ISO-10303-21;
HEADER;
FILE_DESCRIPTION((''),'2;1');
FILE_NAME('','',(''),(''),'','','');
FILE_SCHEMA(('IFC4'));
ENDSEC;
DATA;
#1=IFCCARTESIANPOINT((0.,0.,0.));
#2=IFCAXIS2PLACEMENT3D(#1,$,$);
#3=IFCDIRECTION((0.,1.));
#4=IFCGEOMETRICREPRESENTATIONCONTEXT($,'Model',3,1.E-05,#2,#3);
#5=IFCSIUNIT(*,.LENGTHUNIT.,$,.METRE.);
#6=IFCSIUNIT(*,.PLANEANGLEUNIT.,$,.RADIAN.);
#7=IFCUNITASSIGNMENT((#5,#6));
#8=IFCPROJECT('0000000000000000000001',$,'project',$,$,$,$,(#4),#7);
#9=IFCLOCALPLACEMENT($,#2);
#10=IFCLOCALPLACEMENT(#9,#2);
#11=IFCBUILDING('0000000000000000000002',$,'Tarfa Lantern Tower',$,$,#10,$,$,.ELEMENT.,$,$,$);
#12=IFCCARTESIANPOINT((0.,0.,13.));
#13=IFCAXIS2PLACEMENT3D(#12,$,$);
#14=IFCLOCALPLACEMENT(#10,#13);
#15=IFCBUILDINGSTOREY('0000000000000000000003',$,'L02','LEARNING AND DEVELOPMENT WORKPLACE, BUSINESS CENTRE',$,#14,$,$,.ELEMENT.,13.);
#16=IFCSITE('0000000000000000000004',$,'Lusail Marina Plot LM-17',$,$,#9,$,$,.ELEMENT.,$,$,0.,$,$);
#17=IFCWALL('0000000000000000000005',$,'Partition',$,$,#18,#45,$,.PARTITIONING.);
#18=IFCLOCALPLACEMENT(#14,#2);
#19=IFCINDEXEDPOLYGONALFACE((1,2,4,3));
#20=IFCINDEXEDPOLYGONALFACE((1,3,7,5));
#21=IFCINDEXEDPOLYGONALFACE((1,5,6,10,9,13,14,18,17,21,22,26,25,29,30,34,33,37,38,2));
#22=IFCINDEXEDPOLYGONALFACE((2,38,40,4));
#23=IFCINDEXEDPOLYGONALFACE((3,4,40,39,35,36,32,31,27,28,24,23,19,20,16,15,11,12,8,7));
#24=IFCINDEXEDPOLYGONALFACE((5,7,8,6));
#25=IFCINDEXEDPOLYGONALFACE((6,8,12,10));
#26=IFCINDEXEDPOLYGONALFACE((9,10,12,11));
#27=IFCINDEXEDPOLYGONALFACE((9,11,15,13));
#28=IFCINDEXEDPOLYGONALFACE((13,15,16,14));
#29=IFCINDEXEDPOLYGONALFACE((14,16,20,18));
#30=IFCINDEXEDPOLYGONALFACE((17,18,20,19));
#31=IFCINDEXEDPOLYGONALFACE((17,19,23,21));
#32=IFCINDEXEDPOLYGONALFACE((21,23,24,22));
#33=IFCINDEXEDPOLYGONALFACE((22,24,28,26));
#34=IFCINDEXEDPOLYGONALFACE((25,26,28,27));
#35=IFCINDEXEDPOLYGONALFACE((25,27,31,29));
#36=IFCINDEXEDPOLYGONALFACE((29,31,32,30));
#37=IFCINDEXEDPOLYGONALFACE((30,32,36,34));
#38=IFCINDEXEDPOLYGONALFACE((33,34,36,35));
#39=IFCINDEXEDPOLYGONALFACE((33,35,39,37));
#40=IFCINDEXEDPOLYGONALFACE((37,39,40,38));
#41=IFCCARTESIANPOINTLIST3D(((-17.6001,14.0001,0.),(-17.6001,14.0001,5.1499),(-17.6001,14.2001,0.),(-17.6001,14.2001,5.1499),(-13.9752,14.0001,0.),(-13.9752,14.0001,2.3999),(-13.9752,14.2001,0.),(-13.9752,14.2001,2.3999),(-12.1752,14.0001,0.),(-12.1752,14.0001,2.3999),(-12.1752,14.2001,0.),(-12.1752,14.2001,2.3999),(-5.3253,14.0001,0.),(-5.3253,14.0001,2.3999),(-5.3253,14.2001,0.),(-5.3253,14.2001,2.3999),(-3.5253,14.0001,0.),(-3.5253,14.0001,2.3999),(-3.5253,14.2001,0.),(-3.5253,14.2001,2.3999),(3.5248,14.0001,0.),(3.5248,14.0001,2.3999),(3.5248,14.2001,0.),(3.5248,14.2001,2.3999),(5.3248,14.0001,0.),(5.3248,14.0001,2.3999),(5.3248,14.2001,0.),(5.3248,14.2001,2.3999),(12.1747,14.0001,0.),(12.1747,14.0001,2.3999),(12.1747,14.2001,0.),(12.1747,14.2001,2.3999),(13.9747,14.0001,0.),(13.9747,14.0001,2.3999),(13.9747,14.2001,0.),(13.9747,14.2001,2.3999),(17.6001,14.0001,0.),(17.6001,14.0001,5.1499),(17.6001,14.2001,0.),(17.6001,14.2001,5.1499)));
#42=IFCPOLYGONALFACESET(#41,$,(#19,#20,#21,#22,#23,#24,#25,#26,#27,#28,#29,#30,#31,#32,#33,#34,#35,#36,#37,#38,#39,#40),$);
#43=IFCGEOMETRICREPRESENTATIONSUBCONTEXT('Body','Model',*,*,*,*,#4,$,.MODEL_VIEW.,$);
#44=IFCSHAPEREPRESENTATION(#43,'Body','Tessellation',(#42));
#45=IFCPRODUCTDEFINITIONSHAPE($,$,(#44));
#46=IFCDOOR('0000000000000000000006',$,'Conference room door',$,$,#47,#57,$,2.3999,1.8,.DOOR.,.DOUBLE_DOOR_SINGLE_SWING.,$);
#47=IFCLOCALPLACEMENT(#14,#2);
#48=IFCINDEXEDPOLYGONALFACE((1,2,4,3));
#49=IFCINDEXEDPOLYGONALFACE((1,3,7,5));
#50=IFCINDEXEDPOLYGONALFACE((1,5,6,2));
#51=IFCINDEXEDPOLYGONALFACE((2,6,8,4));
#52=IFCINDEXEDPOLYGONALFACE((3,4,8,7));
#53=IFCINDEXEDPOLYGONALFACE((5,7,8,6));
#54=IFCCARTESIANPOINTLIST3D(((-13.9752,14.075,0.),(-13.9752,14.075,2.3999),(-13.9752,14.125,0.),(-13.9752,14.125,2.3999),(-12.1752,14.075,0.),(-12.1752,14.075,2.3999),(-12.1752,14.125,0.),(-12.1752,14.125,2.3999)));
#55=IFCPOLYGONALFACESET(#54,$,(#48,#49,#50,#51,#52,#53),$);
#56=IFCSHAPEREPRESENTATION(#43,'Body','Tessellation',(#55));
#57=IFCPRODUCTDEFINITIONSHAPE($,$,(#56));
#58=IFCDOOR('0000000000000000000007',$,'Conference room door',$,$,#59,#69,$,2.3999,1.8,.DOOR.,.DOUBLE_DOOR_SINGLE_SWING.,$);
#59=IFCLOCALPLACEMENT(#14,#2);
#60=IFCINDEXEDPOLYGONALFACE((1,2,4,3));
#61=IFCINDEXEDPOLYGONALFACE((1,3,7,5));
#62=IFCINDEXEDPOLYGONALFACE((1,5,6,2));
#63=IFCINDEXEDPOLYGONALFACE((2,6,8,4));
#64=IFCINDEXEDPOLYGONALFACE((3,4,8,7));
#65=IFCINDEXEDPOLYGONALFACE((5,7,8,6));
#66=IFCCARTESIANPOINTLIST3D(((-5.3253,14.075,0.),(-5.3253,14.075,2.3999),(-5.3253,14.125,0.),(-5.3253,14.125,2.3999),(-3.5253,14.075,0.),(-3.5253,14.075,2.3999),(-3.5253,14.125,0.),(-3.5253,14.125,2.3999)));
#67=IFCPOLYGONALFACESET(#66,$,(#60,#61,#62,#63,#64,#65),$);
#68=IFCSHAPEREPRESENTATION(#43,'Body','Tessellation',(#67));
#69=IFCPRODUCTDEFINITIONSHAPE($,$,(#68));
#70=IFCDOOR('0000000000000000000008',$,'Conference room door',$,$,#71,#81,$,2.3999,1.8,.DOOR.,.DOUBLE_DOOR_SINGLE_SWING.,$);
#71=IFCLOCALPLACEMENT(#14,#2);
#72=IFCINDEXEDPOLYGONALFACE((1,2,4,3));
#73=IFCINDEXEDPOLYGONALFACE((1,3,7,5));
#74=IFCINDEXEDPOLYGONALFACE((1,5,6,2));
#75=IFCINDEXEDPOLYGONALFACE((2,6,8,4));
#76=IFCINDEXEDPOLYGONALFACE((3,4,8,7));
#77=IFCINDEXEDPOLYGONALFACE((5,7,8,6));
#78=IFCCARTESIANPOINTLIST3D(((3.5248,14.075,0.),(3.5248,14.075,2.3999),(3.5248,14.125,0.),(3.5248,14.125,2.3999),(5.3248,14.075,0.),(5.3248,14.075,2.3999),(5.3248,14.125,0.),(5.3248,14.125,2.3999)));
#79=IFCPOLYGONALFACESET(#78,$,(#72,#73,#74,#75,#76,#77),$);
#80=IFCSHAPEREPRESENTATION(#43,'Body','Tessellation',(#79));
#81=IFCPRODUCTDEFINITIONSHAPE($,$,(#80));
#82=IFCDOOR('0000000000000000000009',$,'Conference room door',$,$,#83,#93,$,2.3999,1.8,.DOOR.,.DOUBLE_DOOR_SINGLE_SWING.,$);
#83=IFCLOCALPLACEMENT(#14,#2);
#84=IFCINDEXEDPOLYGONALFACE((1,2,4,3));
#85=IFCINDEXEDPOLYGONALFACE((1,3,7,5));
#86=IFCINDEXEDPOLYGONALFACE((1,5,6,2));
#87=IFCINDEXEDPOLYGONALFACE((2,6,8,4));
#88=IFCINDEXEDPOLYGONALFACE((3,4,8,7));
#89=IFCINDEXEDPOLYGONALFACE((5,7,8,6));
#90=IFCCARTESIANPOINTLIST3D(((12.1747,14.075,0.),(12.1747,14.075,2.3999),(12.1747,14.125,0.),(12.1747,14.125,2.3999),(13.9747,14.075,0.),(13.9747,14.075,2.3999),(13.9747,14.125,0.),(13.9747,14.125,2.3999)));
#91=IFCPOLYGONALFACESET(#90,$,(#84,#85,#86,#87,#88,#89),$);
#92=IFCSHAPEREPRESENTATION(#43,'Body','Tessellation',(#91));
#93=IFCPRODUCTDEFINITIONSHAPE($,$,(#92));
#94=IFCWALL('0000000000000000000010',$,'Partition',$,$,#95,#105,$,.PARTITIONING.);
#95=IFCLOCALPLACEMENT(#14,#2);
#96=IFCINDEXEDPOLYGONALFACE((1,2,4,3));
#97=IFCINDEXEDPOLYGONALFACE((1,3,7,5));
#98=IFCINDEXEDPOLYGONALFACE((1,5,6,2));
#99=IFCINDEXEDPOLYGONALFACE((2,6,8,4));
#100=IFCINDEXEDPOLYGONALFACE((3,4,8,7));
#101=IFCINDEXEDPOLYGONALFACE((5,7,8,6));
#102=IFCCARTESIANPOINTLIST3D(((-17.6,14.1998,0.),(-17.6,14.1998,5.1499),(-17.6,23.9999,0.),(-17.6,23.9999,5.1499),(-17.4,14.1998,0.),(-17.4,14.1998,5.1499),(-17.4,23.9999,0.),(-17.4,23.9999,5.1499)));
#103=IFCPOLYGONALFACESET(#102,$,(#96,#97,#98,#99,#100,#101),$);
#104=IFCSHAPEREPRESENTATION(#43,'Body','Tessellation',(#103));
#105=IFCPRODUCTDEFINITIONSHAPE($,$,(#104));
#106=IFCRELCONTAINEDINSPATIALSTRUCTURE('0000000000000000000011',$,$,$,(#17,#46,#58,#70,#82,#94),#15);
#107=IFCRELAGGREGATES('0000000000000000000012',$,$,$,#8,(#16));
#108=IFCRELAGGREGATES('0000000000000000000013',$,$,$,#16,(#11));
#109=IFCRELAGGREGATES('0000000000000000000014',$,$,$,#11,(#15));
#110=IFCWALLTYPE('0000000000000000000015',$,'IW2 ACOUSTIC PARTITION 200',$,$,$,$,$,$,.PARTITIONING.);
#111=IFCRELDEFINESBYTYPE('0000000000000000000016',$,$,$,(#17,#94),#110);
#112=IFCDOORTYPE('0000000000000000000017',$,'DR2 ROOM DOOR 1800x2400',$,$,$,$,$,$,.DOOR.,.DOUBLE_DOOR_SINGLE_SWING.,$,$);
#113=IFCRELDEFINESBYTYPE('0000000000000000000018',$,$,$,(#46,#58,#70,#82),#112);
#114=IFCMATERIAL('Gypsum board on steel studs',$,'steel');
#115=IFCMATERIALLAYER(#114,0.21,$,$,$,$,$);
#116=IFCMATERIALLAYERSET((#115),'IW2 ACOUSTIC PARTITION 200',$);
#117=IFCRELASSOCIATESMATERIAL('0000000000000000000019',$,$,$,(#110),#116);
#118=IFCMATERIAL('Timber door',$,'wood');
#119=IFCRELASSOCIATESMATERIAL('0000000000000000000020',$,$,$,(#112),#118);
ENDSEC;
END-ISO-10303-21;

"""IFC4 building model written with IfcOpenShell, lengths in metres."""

from ifc_helpers import new_model, si_unit, direction, frame, frame_2d, origin, place, context, subcontext, project, spatial, rectangle, extrude, material, layer, layer_set, type_object, element, fill, save


model = new_model("IFC4")

# Units and contexts
model_context = context("Model", 3, precision=1e-05, world=origin(), true_north=direction((0.0, 1.0)))
body_context = subcontext(model_context, "Body", "Model", "MODEL_VIEW")
ifc_project = project(units=[si_unit("LENGTHUNIT", "METRE"), si_unit("PLANEANGLEUNIT", "RADIAN")], contexts=[model_context])

# Site, building, storey
site_placement = place(None, origin())
site = spatial("IfcSite", under=ifc_project, at=site_placement, Name="Lusail Marina Plot LM-17", CompositionType="ELEMENT", RefElevation=0.0)
building_placement = place(site_placement, origin())
building = spatial("IfcBuilding", under=site, at=building_placement, Name="Tarfa Lantern Tower", CompositionType="ELEMENT")
storey_placement = place(building_placement, frame((0.0, 0.0, 13.0)))
storey = spatial("IfcBuildingStorey", under=building, at=storey_placement, Name="L02", Description="LEARNING AND DEVELOPMENT WORKPLACE, BUSINESS CENTRE", CompositionType="ELEMENT", Elevation=13.0)

# Wall, openings, doors
ifc_material_1 = material(Name="Gypsum board on steel studs", Category="steel")
ifc_layer = layer(ifc_material_1, 0.21)
ifc_layer_set = layer_set([ifc_layer], Name="IW2 ACOUSTIC PARTITION 200")
wall_type = type_object("IfcWallType", Name="IW2 ACOUSTIC PARTITION 200", PredefinedType="PARTITIONING", material=ifc_layer_set)
wall_1_placement = place(storey_placement, frame((-17.6001, 14.1001, 0.0), z_axis=(0.0, 0.0, 1.0), x_axis=(1.0, 0.0, 0.0)))
wall_1 = element("IfcWall", 1, at=wall_1_placement, inside=storey, type_object=wall_type, Name="Partition", PredefinedType="PARTITIONING", context=body_context, shape_type="SweptSolid", body=[
    extrude(rectangle(XDim=35.2002, YDim=0.2, at=frame_2d((17.6001, 0.0))), origin(), (0.0, 0.0, 1.0), 5.1499),
])
opening_1_placement = place(wall_1_placement, frame((3.625, 0.0, 0.0)))
opening_1 = element("IfcOpeningElement", 2, at=opening_1_placement, cuts=wall_1, PredefinedType="OPENING", context=body_context, shape_type="SweptSolid", body=[
    extrude(rectangle(XDim=1.8, YDim=2.3999, at=frame_2d((0.8999, 1.2))), frame((0.0, 0.1099, 0.0), z_axis=(0.0, -1.0, 0.0), x_axis=(1.0, 0.0, 0.0)), (0.0, 0.0, 1.0), 0.22),
])
opening_2_placement = place(wall_1_placement, frame((12.2749, 0.0, 0.0)))
opening_2 = element("IfcOpeningElement", 3, at=opening_2_placement, cuts=wall_1, PredefinedType="OPENING", context=body_context, shape_type="SweptSolid", body=[
    extrude(rectangle(XDim=1.8, YDim=2.3999, at=frame_2d((0.8999, 1.2))), frame((0.0, 0.1099, 0.0), z_axis=(0.0, -1.0, 0.0), x_axis=(1.0, 0.0, 0.0)), (0.0, 0.0, 1.0), 0.22),
])
opening_3_placement = place(wall_1_placement, frame((21.125, 0.0, 0.0)))
opening_3 = element("IfcOpeningElement", 4, at=opening_3_placement, cuts=wall_1, PredefinedType="OPENING", context=body_context, shape_type="SweptSolid", body=[
    extrude(rectangle(XDim=1.8, YDim=2.3999, at=frame_2d((0.8999, 1.2))), frame((0.0, 0.1099, 0.0), z_axis=(0.0, -1.0, 0.0), x_axis=(1.0, 0.0, 0.0)), (0.0, 0.0, 1.0), 0.22),
])
opening_4_placement = place(wall_1_placement, frame((29.7749, 0.0, 0.0)))
opening_4 = element("IfcOpeningElement", 5, at=opening_4_placement, cuts=wall_1, PredefinedType="OPENING", context=body_context, shape_type="SweptSolid", body=[
    extrude(rectangle(XDim=1.8, YDim=2.3999, at=frame_2d((0.8999, 1.2))), frame((0.0, 0.1099, 0.0), z_axis=(0.0, -1.0, 0.0), x_axis=(1.0, 0.0, 0.0)), (0.0, 0.0, 1.0), 0.22),
])
ifc_material_2 = material(Name="Timber door", Category="wood")
door_type = type_object("IfcDoorType", Name="DR2 ROOM DOOR 1800x2400", OperationType="DOUBLE_DOOR_SINGLE_SWING", PredefinedType="DOOR", material=ifc_material_2)
door_1_placement = place(opening_1_placement, origin())
door_1 = element("IfcDoor", 6, at=door_1_placement, inside=storey, type_object=door_type, Name="Conference room door", OperationType="DOUBLE_DOOR_SINGLE_SWING", OverallHeight=2.3999, OverallWidth=1.8, PredefinedType="DOOR", context=body_context, shape_type="SweptSolid", body=[
    extrude(rectangle(XDim=1.8, YDim=2.3999, at=frame_2d((0.8999, 1.2))), frame((0.0, 0.0249, 0.0), z_axis=(0.0, -1.0, 0.0), x_axis=(1.0, 0.0, 0.0)), (0.0, 0.0, 1.0), 0.05),
])
fill(opening_1, door_1)
door_2_placement = place(opening_2_placement, origin())
door_2 = element("IfcDoor", 7, at=door_2_placement, inside=storey, type_object=door_type, Name="Conference room door", OperationType="DOUBLE_DOOR_SINGLE_SWING", OverallHeight=2.3999, OverallWidth=1.8, PredefinedType="DOOR", context=body_context, shape_type="SweptSolid", body=[
    extrude(rectangle(XDim=1.8, YDim=2.3999, at=frame_2d((0.8999, 1.2))), frame((0.0, 0.0249, 0.0), z_axis=(0.0, -1.0, 0.0), x_axis=(1.0, 0.0, 0.0)), (0.0, 0.0, 1.0), 0.05),
])
fill(opening_2, door_2)
door_3_placement = place(opening_3_placement, origin())
door_3 = element("IfcDoor", 8, at=door_3_placement, inside=storey, type_object=door_type, Name="Conference room door", OperationType="DOUBLE_DOOR_SINGLE_SWING", OverallHeight=2.3999, OverallWidth=1.8, PredefinedType="DOOR", context=body_context, shape_type="SweptSolid", body=[
    extrude(rectangle(XDim=1.8, YDim=2.3999, at=frame_2d((0.8999, 1.2))), frame((0.0, 0.0249, 0.0), z_axis=(0.0, -1.0, 0.0), x_axis=(1.0, 0.0, 0.0)), (0.0, 0.0, 1.0), 0.05),
])
fill(opening_3, door_3)
door_4_placement = place(opening_4_placement, origin())
door_4 = element("IfcDoor", 9, at=door_4_placement, inside=storey, type_object=door_type, Name="Conference room door", OperationType="DOUBLE_DOOR_SINGLE_SWING", OverallHeight=2.3999, OverallWidth=1.8, PredefinedType="DOOR", context=body_context, shape_type="SweptSolid", body=[
    extrude(rectangle(XDim=1.8, YDim=2.3999, at=frame_2d((0.8999, 1.2))), frame((0.0, 0.0249, 0.0), z_axis=(0.0, -1.0, 0.0), x_axis=(1.0, 0.0, 0.0)), (0.0, 0.0, 1.0), 0.05),
])
fill(opening_4, door_4)

# Wall
wall_2_placement = place(storey_placement, frame((-17.5, 14.2, 0.0), z_axis=(0.0, 0.0, 1.0), x_axis=(0.0, 1.0, 0.0)))
element("IfcWall", 10, at=wall_2_placement, inside=storey, type_object=wall_type, Name="Partition", PredefinedType="PARTITIONING", context=body_context, shape_type="SweptSolid", body=[
    extrude(rectangle(XDim=9.8, YDim=0.2, at=frame_2d((4.8999, 0.0))), origin(), (0.0, 0.0, 1.0), 5.1499),
])

save(model, "model.ifc")
